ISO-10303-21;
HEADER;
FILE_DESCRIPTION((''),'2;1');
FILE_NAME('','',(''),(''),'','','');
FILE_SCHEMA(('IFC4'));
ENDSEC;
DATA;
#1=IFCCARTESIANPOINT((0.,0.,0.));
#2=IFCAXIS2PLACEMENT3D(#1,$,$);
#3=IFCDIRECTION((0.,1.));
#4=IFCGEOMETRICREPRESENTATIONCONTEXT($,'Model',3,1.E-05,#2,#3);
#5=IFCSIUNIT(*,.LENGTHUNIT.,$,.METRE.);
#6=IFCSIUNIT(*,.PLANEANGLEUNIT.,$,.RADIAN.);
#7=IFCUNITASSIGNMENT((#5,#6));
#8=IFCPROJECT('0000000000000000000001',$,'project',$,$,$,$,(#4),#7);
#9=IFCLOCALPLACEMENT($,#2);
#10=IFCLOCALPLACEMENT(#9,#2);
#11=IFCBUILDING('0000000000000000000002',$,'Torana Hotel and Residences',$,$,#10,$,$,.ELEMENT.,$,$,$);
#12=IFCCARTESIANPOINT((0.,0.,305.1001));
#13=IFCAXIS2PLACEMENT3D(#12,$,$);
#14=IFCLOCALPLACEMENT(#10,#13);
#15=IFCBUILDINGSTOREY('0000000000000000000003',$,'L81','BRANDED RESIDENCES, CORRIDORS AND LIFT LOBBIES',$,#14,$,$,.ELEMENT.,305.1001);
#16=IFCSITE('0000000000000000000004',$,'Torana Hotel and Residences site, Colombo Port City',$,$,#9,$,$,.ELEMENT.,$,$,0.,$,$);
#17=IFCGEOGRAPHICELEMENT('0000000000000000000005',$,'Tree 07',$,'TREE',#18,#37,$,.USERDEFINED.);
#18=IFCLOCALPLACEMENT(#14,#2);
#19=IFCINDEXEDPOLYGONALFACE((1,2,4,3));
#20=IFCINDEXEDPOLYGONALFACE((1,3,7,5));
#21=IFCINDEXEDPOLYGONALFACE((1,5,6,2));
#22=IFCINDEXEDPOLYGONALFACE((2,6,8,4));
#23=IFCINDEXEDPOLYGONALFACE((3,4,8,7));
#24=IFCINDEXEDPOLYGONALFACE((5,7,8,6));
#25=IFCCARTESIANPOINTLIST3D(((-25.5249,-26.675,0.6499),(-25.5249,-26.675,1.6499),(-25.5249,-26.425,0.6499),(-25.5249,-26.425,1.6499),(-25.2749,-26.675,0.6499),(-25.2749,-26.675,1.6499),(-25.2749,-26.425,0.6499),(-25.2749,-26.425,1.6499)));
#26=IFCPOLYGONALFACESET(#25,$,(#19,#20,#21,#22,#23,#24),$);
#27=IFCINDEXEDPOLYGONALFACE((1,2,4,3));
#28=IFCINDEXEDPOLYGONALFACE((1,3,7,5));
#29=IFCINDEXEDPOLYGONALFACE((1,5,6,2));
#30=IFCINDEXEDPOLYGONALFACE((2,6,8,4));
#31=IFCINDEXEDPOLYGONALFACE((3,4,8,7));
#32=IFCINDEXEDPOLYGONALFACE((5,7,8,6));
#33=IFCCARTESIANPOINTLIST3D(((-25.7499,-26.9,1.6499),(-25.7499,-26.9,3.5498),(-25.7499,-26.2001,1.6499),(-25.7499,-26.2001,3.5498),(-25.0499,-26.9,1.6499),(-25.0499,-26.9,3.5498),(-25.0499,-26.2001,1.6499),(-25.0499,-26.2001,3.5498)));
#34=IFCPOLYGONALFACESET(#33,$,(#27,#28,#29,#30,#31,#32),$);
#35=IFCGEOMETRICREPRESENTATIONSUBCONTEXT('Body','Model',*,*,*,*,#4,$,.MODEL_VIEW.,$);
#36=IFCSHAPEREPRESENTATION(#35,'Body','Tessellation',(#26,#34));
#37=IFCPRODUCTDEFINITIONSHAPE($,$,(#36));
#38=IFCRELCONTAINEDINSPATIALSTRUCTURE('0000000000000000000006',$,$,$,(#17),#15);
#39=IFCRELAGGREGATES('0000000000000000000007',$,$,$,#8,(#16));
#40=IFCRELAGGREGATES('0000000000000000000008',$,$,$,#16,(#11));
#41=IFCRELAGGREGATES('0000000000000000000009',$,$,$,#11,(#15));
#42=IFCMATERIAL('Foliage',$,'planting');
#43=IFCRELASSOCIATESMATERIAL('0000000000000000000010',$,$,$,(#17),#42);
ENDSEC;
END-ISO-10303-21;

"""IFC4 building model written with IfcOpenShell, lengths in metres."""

from ifc_helpers import new_model, si_unit, direction, frame, origin, origin_2d, place, context, subcontext, project, spatial, rectangle, extrude, material, element, save


model = new_model("IFC4")

# Units and contexts
model_context = context("Model", 3, precision=1e-05, world=origin(), true_north=direction((0.0, 1.0)))
body_context = subcontext(model_context, "Body", "Model", "MODEL_VIEW")
ifc_project = project(units=[si_unit("LENGTHUNIT", "METRE"), si_unit("PLANEANGLEUNIT", "RADIAN")], contexts=[model_context])

# Site, building, storey
site_placement = place(None, origin())
site = spatial("IfcSite", under=ifc_project, at=site_placement, Name="Torana Hotel and Residences site, Colombo Port City", CompositionType="ELEMENT", RefElevation=0.0)
building_placement = place(site_placement, origin())
building = spatial("IfcBuilding", under=site, at=building_placement, Name="Torana Hotel and Residences", CompositionType="ELEMENT")
storey_placement = place(building_placement, frame((0.0, 0.0, 305.1001)))
storey = spatial("IfcBuildingStorey", under=building, at=storey_placement, Name="L81", Description="BRANDED RESIDENCES, CORRIDORS AND LIFT LOBBIES", CompositionType="ELEMENT", Elevation=305.1001)

# Geographic element
ifc_material_1 = material(Name="Foliage", Category="planting")
geographic_element_placement = place(storey_placement, frame((-25.3999, -26.55, 0.6499), z_axis=(0.0, 0.0, 1.0), x_axis=(1.0, 0.0, 0.0)))
element("IfcGeographicElement", 1, at=geographic_element_placement, inside=storey, material=ifc_material_1, Name="Tree 07", ObjectType="TREE", PredefinedType="USERDEFINED", context=body_context, shape_type="SweptSolid", body=[
    extrude(rectangle(XDim=0.25, YDim=0.25, at=origin_2d()), origin(), (0.0, 0.0, 1.0), 1.0),
    extrude(rectangle(XDim=0.7, YDim=0.7, at=origin_2d()), frame((0.0, 0.0, 1.0)), (0.0, 0.0, 1.0), 1.8999),
])

save(model, "model.ifc")
